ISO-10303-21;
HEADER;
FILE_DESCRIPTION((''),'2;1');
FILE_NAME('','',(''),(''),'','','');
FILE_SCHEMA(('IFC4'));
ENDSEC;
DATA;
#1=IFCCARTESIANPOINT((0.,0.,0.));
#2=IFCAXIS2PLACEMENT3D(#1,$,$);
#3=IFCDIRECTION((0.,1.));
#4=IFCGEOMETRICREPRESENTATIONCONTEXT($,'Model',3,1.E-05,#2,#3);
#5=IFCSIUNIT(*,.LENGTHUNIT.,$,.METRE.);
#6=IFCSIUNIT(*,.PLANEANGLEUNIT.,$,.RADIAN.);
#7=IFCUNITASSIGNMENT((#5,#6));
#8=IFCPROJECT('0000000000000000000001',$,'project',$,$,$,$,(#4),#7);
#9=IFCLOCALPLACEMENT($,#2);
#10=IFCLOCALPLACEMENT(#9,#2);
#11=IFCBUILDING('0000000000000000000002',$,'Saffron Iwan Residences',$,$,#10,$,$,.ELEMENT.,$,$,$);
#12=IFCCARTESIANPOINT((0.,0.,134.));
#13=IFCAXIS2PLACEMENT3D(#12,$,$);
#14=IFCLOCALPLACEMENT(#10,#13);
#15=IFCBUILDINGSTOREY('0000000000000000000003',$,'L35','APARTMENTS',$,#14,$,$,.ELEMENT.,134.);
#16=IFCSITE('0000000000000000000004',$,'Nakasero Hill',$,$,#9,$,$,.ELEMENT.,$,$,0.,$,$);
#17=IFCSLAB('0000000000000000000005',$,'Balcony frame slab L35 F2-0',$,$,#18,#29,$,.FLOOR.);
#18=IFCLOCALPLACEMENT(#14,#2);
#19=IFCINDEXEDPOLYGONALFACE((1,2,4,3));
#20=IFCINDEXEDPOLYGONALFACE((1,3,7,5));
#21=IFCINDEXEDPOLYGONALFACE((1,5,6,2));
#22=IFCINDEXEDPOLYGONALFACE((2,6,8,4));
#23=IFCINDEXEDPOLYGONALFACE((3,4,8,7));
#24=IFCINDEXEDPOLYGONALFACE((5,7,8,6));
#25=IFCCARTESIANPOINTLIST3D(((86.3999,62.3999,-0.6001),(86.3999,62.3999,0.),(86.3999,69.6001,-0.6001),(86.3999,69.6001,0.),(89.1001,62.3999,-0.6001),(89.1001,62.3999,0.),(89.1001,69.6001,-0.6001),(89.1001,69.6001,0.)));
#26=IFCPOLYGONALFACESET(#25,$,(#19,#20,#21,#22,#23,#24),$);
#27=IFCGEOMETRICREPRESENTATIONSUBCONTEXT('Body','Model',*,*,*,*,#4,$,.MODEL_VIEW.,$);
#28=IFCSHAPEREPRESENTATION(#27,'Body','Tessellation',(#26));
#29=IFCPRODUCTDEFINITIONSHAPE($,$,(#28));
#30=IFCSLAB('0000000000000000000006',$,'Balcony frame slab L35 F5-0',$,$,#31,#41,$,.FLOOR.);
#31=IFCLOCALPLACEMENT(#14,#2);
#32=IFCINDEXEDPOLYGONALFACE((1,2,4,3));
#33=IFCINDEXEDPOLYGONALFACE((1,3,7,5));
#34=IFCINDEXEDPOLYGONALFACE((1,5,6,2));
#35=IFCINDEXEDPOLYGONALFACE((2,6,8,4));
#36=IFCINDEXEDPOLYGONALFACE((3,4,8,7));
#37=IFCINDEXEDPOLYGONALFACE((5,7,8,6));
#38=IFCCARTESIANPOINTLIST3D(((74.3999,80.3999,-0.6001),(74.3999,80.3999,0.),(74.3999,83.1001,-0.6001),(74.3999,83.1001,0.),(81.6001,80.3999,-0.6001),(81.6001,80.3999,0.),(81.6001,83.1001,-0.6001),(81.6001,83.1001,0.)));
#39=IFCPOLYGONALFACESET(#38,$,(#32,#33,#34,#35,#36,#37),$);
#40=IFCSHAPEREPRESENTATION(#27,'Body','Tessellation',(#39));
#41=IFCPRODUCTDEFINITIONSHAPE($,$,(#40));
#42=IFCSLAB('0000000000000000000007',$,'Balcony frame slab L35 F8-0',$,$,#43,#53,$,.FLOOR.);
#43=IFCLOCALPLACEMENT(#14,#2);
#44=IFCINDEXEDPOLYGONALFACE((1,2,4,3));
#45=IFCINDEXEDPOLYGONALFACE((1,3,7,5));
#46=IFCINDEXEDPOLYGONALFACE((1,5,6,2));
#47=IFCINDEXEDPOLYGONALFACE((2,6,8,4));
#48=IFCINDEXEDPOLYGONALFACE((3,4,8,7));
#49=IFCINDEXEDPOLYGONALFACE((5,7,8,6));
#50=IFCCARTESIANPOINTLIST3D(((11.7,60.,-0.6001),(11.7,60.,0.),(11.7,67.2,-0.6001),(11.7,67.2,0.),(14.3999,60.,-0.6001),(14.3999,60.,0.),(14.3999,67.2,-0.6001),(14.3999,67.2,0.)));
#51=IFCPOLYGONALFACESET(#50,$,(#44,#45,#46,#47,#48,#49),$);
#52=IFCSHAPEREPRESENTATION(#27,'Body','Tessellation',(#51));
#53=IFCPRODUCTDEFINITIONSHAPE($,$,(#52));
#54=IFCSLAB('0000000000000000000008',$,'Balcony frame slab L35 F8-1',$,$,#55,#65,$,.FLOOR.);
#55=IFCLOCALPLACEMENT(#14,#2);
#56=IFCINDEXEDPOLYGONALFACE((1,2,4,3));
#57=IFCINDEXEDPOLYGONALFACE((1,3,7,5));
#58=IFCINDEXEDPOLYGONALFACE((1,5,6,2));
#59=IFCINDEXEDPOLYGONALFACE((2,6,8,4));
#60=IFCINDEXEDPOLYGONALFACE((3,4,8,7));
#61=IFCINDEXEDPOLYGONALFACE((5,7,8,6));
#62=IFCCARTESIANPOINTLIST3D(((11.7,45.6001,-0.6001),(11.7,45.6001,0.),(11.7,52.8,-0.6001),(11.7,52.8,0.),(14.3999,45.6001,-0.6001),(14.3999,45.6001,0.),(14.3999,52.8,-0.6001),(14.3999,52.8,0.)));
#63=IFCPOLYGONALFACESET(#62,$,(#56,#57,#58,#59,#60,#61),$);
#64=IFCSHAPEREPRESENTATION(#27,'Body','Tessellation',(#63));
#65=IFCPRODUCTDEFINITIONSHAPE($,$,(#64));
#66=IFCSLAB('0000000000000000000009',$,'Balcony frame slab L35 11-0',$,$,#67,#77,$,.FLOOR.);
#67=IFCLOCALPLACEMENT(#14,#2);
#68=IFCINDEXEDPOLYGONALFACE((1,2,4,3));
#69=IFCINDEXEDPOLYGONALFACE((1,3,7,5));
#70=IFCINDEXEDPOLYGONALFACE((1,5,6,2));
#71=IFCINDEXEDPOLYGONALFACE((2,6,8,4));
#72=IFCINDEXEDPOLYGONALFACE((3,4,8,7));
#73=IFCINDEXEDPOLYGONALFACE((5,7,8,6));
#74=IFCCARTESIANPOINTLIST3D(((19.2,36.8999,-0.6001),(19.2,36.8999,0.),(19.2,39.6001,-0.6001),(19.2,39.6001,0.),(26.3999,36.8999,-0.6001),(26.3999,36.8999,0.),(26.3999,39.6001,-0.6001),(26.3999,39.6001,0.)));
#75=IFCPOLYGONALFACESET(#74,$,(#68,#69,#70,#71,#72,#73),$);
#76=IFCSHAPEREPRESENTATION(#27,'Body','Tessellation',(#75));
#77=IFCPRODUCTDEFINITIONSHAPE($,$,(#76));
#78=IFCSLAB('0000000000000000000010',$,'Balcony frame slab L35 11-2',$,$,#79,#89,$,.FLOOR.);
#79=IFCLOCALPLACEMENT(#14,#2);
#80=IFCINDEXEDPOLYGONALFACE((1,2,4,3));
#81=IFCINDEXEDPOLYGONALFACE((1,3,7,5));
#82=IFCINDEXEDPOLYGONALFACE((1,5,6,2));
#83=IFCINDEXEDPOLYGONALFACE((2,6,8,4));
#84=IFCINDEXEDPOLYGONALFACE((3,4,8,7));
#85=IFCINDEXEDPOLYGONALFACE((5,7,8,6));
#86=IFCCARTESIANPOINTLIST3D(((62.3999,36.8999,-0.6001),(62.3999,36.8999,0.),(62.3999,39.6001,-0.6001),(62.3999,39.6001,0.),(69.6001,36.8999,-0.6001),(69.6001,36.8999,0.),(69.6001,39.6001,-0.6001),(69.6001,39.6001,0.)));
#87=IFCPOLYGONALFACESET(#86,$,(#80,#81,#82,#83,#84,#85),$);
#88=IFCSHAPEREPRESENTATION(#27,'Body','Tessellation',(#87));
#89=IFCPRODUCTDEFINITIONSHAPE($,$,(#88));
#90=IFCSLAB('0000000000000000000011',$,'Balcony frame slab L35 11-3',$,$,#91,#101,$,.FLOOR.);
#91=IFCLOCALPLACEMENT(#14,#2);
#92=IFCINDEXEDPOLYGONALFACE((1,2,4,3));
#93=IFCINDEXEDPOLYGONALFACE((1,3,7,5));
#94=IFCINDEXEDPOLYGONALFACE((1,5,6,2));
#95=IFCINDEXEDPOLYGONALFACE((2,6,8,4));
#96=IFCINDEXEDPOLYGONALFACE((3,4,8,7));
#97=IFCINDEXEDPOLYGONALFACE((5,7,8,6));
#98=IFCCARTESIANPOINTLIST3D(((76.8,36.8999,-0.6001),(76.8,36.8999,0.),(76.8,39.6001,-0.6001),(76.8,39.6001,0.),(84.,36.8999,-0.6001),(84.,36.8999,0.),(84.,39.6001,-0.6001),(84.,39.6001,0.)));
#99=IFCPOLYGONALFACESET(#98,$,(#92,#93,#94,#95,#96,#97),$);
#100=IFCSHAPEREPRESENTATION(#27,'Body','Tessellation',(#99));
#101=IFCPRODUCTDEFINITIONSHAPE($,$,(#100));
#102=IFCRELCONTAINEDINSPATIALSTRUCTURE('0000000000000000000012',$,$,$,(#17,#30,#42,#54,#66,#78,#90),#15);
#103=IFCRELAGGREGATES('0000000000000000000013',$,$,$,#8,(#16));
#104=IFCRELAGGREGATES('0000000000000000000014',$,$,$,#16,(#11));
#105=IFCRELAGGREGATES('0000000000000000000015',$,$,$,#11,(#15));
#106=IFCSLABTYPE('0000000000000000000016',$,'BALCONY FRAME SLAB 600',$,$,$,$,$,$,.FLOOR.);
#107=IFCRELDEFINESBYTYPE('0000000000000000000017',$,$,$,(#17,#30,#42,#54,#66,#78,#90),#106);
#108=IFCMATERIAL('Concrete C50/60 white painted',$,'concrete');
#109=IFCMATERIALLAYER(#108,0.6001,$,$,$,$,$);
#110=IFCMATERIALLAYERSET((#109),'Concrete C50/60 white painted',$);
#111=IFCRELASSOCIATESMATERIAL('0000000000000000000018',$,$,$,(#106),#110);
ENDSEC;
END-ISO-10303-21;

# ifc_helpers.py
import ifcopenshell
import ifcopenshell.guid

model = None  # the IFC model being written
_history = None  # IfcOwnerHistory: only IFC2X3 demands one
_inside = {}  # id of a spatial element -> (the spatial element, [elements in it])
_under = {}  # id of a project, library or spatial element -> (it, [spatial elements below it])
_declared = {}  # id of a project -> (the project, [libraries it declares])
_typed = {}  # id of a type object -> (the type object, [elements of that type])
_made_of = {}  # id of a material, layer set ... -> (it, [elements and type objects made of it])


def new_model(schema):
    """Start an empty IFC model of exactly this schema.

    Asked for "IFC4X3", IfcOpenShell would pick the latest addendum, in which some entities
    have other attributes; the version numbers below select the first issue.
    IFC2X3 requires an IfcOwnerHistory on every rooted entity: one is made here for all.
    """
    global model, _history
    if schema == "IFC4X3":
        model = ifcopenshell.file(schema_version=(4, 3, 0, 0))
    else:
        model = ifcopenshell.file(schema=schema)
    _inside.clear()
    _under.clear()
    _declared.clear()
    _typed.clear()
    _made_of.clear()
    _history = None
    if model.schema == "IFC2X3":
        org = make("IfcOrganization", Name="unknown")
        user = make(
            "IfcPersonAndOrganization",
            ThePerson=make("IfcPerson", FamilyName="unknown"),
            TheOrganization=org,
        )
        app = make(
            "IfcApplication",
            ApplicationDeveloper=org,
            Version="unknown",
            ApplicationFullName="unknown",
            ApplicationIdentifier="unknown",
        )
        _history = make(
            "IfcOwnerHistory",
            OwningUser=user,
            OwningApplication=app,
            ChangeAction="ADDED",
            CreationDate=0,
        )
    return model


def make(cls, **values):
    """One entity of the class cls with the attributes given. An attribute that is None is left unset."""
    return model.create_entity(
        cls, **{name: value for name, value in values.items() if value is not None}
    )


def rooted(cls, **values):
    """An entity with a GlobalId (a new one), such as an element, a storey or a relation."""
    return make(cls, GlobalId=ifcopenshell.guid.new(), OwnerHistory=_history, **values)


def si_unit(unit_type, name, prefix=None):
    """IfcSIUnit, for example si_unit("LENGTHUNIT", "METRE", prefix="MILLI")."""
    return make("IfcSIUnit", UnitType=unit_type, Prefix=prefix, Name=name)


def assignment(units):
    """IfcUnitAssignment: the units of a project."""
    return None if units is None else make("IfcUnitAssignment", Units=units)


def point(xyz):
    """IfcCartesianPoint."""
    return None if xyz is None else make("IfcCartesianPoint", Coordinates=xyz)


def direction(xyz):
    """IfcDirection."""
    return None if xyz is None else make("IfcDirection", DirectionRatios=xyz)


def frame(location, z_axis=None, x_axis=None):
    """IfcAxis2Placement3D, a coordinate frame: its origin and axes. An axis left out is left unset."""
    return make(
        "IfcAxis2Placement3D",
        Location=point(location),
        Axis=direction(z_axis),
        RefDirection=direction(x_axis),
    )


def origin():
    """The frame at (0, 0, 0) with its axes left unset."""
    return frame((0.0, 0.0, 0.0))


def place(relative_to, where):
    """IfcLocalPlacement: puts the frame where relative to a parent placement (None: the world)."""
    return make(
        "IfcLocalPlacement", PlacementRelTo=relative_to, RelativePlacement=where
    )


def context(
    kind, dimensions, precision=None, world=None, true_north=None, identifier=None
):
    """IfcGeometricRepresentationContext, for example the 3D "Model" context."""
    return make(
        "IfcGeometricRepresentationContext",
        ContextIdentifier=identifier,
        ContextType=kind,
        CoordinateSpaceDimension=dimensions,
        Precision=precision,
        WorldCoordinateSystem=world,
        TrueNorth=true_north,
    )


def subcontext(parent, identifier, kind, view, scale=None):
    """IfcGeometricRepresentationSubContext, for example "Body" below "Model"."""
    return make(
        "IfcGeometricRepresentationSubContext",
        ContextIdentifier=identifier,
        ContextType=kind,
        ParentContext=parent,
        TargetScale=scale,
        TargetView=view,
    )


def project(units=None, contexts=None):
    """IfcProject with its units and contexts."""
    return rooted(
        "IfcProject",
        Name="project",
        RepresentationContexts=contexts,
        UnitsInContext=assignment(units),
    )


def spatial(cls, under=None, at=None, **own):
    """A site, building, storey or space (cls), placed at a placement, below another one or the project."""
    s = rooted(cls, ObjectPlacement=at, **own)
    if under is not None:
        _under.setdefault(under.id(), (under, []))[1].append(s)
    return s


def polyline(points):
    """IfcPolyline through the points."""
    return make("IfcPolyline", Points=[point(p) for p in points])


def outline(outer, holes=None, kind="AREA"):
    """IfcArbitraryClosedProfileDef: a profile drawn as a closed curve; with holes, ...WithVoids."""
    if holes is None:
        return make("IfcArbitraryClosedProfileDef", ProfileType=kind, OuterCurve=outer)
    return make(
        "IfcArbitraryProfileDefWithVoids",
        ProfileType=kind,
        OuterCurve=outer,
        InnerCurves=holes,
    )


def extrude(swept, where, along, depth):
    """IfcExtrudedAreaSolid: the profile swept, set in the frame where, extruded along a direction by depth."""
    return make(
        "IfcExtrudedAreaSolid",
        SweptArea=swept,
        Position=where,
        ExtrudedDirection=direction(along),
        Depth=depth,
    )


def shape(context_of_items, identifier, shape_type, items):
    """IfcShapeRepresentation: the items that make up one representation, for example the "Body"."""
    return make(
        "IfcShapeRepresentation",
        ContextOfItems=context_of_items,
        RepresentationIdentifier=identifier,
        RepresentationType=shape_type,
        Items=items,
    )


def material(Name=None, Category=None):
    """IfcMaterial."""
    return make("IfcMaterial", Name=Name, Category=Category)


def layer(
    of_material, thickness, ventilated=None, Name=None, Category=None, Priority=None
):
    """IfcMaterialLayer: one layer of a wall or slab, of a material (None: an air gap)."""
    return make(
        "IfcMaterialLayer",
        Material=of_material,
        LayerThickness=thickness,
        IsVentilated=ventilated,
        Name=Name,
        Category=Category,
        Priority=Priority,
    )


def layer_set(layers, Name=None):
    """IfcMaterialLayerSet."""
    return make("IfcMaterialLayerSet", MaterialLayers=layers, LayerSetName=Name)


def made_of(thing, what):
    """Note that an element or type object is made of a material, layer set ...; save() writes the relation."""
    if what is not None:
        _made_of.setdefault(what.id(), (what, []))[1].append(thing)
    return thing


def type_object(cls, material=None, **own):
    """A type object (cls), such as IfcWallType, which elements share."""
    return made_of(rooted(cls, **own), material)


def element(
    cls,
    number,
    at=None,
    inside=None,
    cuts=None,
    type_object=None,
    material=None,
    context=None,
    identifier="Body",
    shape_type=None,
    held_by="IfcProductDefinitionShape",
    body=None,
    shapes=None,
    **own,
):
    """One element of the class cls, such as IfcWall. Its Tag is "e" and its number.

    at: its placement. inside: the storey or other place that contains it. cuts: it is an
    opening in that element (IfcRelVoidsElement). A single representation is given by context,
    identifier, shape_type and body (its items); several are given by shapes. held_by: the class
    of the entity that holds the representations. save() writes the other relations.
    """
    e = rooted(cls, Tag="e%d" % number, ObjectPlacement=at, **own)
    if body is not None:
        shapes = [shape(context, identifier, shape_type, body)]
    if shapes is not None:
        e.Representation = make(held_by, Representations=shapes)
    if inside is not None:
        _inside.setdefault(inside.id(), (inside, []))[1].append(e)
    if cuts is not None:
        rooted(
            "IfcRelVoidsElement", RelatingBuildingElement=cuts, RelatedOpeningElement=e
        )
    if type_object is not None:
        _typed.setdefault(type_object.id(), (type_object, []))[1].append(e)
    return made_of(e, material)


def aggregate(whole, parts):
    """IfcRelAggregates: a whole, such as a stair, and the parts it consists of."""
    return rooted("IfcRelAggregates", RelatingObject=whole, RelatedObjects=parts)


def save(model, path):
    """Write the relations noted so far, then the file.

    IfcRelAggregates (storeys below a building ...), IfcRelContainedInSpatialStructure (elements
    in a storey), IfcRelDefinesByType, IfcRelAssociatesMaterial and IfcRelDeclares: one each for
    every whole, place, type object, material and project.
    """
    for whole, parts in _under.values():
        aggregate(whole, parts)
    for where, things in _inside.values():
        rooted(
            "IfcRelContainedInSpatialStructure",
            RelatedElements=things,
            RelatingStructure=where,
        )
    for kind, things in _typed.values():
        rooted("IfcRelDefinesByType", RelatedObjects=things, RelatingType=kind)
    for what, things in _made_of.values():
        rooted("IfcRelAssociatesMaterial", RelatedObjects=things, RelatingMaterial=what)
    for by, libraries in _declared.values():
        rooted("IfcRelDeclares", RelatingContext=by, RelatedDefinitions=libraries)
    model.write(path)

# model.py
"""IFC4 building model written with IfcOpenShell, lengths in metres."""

from ifc_helpers import new_model, si_unit, direction, frame, origin, place, context, subcontext, project, spatial, polyline, outline, extrude, material, layer, layer_set, type_object, element, save


model = new_model("IFC4")

# Units and contexts
model_context = context("Model", 3, precision=1e-05, world=origin(), true_north=direction((0.0, 1.0)))
body_context = subcontext(model_context, "Body", "Model", "MODEL_VIEW")
ifc_project = project(units=[si_unit("LENGTHUNIT", "METRE"), si_unit("PLANEANGLEUNIT", "RADIAN")], contexts=[model_context])

# Site, building, storey
site_placement = place(None, origin())
site = spatial("IfcSite", under=ifc_project, at=site_placement, Name="Nakasero Hill", CompositionType="ELEMENT", RefElevation=0.0)
building_placement = place(site_placement, origin())
building = spatial("IfcBuilding", under=site, at=building_placement, Name="Saffron Iwan Residences", CompositionType="ELEMENT")
storey_placement = place(building_placement, frame((0.0, 0.0, 134.0)))
storey = spatial("IfcBuildingStorey", under=building, at=storey_placement, Name="L35", Description="APARTMENTS", CompositionType="ELEMENT", Elevation=134.0)

# Slabs
ifc_material_1 = material(Name="Concrete C50/60 white painted", Category="concrete")
ifc_layer_1 = layer(ifc_material_1, 0.6001)
ifc_layer_set_1 = layer_set([ifc_layer_1], Name="Concrete C50/60 white painted")
slab_type_1 = type_object("IfcSlabType", Name="BALCONY FRAME SLAB 600", PredefinedType="FLOOR", material=ifc_layer_set_1)
slab_1_placement = place(storey_placement, frame((0.0, 0.0, -0.6001)))
element("IfcSlab", 1, at=slab_1_placement, inside=storey, type_object=slab_type_1, Name="Balcony frame slab L35 F2-0", PredefinedType="FLOOR", context=body_context, shape_type="SweptSolid", body=[
    extrude(outline(polyline([(89.1001, 62.3999), (89.1001, 69.6001), (86.3999, 69.6001), (86.3999, 62.3999), (89.1001, 62.3999)])), origin(), (0.0, 0.0, 1.0), 0.6001),
])
slab_2_placement = place(storey_placement, frame((0.0, 0.0, -0.6001)))
element("IfcSlab", 2, at=slab_2_placement, inside=storey, type_object=slab_type_1, Name="Balcony frame slab L35 F5-0", PredefinedType="FLOOR", context=body_context, shape_type="SweptSolid", body=[
    extrude(outline(polyline([(81.6001, 83.1001), (74.3999, 83.1001), (74.3999, 80.3999), (81.6001, 80.3999), (81.6001, 83.1001)])), origin(), (0.0, 0.0, 1.0), 0.6001),
])
slab_3_placement = place(storey_placement, frame((0.0, 0.0, -0.6001)))
element("IfcSlab", 3, at=slab_3_placement, inside=storey, type_object=slab_type_1, Name="Balcony frame slab L35 F8-0", PredefinedType="FLOOR", context=body_context, shape_type="SweptSolid", body=[
    extrude(outline(polyline([(11.7, 67.2), (11.7, 60.0), (14.3999, 60.0), (14.3999, 67.2), (11.7, 67.2)])), origin(), (0.0, 0.0, 1.0), 0.6001),
])
slab_4_placement = place(storey_placement, frame((0.0, 0.0, -0.6001)))
element("IfcSlab", 4, at=slab_4_placement, inside=storey, type_object=slab_type_1, Name="Balcony frame slab L35 F8-1", PredefinedType="FLOOR", context=body_context, shape_type="SweptSolid", body=[
    extrude(outline(polyline([(11.7, 52.8), (11.7, 45.6001), (14.3999, 45.6001), (14.3999, 52.8), (11.7, 52.8)])), origin(), (0.0, 0.0, 1.0), 0.6001),
])
slab_5_placement = place(storey_placement, frame((0.0, 0.0, -0.6001)))
element("IfcSlab", 5, at=slab_5_placement, inside=storey, type_object=slab_type_1, Name="Balcony frame slab L35 11-0", PredefinedType="FLOOR", context=body_context, shape_type="SweptSolid", body=[
    extrude(outline(polyline([(19.2, 36.8999), (26.3999, 36.8999), (26.3999, 39.6001), (19.2, 39.6001), (19.2, 36.8999)])), origin(), (0.0, 0.0, 1.0), 0.6001),
])
slab_6_placement = place(storey_placement, frame((0.0, 0.0, -0.6001)))
element("IfcSlab", 6, at=slab_6_placement, inside=storey, type_object=slab_type_1, Name="Balcony frame slab L35 11-2", PredefinedType="FLOOR", context=body_context, shape_type="SweptSolid", body=[
    extrude(outline(polyline([(62.3999, 36.8999), (69.6001, 36.8999), (69.6001, 39.6001), (62.3999, 39.6001), (62.3999, 36.8999)])), origin(), (0.0, 0.0, 1.0), 0.6001),
])
slab_7_placement = place(storey_placement, frame((0.0, 0.0, -0.6001)))
element("IfcSlab", 7, at=slab_7_placement, inside=storey, type_object=slab_type_1, Name="Balcony frame slab L35 11-3", PredefinedType="FLOOR", context=body_context, shape_type="SweptSolid", body=[
    extrude(outline(polyline([(76.8, 36.8999), (84.0, 36.8999), (84.0, 39.6001), (76.8, 39.6001), (76.8, 36.8999)])), origin(), (0.0, 0.0, 1.0), 0.6001),
])

save(model, "model.ifc")
